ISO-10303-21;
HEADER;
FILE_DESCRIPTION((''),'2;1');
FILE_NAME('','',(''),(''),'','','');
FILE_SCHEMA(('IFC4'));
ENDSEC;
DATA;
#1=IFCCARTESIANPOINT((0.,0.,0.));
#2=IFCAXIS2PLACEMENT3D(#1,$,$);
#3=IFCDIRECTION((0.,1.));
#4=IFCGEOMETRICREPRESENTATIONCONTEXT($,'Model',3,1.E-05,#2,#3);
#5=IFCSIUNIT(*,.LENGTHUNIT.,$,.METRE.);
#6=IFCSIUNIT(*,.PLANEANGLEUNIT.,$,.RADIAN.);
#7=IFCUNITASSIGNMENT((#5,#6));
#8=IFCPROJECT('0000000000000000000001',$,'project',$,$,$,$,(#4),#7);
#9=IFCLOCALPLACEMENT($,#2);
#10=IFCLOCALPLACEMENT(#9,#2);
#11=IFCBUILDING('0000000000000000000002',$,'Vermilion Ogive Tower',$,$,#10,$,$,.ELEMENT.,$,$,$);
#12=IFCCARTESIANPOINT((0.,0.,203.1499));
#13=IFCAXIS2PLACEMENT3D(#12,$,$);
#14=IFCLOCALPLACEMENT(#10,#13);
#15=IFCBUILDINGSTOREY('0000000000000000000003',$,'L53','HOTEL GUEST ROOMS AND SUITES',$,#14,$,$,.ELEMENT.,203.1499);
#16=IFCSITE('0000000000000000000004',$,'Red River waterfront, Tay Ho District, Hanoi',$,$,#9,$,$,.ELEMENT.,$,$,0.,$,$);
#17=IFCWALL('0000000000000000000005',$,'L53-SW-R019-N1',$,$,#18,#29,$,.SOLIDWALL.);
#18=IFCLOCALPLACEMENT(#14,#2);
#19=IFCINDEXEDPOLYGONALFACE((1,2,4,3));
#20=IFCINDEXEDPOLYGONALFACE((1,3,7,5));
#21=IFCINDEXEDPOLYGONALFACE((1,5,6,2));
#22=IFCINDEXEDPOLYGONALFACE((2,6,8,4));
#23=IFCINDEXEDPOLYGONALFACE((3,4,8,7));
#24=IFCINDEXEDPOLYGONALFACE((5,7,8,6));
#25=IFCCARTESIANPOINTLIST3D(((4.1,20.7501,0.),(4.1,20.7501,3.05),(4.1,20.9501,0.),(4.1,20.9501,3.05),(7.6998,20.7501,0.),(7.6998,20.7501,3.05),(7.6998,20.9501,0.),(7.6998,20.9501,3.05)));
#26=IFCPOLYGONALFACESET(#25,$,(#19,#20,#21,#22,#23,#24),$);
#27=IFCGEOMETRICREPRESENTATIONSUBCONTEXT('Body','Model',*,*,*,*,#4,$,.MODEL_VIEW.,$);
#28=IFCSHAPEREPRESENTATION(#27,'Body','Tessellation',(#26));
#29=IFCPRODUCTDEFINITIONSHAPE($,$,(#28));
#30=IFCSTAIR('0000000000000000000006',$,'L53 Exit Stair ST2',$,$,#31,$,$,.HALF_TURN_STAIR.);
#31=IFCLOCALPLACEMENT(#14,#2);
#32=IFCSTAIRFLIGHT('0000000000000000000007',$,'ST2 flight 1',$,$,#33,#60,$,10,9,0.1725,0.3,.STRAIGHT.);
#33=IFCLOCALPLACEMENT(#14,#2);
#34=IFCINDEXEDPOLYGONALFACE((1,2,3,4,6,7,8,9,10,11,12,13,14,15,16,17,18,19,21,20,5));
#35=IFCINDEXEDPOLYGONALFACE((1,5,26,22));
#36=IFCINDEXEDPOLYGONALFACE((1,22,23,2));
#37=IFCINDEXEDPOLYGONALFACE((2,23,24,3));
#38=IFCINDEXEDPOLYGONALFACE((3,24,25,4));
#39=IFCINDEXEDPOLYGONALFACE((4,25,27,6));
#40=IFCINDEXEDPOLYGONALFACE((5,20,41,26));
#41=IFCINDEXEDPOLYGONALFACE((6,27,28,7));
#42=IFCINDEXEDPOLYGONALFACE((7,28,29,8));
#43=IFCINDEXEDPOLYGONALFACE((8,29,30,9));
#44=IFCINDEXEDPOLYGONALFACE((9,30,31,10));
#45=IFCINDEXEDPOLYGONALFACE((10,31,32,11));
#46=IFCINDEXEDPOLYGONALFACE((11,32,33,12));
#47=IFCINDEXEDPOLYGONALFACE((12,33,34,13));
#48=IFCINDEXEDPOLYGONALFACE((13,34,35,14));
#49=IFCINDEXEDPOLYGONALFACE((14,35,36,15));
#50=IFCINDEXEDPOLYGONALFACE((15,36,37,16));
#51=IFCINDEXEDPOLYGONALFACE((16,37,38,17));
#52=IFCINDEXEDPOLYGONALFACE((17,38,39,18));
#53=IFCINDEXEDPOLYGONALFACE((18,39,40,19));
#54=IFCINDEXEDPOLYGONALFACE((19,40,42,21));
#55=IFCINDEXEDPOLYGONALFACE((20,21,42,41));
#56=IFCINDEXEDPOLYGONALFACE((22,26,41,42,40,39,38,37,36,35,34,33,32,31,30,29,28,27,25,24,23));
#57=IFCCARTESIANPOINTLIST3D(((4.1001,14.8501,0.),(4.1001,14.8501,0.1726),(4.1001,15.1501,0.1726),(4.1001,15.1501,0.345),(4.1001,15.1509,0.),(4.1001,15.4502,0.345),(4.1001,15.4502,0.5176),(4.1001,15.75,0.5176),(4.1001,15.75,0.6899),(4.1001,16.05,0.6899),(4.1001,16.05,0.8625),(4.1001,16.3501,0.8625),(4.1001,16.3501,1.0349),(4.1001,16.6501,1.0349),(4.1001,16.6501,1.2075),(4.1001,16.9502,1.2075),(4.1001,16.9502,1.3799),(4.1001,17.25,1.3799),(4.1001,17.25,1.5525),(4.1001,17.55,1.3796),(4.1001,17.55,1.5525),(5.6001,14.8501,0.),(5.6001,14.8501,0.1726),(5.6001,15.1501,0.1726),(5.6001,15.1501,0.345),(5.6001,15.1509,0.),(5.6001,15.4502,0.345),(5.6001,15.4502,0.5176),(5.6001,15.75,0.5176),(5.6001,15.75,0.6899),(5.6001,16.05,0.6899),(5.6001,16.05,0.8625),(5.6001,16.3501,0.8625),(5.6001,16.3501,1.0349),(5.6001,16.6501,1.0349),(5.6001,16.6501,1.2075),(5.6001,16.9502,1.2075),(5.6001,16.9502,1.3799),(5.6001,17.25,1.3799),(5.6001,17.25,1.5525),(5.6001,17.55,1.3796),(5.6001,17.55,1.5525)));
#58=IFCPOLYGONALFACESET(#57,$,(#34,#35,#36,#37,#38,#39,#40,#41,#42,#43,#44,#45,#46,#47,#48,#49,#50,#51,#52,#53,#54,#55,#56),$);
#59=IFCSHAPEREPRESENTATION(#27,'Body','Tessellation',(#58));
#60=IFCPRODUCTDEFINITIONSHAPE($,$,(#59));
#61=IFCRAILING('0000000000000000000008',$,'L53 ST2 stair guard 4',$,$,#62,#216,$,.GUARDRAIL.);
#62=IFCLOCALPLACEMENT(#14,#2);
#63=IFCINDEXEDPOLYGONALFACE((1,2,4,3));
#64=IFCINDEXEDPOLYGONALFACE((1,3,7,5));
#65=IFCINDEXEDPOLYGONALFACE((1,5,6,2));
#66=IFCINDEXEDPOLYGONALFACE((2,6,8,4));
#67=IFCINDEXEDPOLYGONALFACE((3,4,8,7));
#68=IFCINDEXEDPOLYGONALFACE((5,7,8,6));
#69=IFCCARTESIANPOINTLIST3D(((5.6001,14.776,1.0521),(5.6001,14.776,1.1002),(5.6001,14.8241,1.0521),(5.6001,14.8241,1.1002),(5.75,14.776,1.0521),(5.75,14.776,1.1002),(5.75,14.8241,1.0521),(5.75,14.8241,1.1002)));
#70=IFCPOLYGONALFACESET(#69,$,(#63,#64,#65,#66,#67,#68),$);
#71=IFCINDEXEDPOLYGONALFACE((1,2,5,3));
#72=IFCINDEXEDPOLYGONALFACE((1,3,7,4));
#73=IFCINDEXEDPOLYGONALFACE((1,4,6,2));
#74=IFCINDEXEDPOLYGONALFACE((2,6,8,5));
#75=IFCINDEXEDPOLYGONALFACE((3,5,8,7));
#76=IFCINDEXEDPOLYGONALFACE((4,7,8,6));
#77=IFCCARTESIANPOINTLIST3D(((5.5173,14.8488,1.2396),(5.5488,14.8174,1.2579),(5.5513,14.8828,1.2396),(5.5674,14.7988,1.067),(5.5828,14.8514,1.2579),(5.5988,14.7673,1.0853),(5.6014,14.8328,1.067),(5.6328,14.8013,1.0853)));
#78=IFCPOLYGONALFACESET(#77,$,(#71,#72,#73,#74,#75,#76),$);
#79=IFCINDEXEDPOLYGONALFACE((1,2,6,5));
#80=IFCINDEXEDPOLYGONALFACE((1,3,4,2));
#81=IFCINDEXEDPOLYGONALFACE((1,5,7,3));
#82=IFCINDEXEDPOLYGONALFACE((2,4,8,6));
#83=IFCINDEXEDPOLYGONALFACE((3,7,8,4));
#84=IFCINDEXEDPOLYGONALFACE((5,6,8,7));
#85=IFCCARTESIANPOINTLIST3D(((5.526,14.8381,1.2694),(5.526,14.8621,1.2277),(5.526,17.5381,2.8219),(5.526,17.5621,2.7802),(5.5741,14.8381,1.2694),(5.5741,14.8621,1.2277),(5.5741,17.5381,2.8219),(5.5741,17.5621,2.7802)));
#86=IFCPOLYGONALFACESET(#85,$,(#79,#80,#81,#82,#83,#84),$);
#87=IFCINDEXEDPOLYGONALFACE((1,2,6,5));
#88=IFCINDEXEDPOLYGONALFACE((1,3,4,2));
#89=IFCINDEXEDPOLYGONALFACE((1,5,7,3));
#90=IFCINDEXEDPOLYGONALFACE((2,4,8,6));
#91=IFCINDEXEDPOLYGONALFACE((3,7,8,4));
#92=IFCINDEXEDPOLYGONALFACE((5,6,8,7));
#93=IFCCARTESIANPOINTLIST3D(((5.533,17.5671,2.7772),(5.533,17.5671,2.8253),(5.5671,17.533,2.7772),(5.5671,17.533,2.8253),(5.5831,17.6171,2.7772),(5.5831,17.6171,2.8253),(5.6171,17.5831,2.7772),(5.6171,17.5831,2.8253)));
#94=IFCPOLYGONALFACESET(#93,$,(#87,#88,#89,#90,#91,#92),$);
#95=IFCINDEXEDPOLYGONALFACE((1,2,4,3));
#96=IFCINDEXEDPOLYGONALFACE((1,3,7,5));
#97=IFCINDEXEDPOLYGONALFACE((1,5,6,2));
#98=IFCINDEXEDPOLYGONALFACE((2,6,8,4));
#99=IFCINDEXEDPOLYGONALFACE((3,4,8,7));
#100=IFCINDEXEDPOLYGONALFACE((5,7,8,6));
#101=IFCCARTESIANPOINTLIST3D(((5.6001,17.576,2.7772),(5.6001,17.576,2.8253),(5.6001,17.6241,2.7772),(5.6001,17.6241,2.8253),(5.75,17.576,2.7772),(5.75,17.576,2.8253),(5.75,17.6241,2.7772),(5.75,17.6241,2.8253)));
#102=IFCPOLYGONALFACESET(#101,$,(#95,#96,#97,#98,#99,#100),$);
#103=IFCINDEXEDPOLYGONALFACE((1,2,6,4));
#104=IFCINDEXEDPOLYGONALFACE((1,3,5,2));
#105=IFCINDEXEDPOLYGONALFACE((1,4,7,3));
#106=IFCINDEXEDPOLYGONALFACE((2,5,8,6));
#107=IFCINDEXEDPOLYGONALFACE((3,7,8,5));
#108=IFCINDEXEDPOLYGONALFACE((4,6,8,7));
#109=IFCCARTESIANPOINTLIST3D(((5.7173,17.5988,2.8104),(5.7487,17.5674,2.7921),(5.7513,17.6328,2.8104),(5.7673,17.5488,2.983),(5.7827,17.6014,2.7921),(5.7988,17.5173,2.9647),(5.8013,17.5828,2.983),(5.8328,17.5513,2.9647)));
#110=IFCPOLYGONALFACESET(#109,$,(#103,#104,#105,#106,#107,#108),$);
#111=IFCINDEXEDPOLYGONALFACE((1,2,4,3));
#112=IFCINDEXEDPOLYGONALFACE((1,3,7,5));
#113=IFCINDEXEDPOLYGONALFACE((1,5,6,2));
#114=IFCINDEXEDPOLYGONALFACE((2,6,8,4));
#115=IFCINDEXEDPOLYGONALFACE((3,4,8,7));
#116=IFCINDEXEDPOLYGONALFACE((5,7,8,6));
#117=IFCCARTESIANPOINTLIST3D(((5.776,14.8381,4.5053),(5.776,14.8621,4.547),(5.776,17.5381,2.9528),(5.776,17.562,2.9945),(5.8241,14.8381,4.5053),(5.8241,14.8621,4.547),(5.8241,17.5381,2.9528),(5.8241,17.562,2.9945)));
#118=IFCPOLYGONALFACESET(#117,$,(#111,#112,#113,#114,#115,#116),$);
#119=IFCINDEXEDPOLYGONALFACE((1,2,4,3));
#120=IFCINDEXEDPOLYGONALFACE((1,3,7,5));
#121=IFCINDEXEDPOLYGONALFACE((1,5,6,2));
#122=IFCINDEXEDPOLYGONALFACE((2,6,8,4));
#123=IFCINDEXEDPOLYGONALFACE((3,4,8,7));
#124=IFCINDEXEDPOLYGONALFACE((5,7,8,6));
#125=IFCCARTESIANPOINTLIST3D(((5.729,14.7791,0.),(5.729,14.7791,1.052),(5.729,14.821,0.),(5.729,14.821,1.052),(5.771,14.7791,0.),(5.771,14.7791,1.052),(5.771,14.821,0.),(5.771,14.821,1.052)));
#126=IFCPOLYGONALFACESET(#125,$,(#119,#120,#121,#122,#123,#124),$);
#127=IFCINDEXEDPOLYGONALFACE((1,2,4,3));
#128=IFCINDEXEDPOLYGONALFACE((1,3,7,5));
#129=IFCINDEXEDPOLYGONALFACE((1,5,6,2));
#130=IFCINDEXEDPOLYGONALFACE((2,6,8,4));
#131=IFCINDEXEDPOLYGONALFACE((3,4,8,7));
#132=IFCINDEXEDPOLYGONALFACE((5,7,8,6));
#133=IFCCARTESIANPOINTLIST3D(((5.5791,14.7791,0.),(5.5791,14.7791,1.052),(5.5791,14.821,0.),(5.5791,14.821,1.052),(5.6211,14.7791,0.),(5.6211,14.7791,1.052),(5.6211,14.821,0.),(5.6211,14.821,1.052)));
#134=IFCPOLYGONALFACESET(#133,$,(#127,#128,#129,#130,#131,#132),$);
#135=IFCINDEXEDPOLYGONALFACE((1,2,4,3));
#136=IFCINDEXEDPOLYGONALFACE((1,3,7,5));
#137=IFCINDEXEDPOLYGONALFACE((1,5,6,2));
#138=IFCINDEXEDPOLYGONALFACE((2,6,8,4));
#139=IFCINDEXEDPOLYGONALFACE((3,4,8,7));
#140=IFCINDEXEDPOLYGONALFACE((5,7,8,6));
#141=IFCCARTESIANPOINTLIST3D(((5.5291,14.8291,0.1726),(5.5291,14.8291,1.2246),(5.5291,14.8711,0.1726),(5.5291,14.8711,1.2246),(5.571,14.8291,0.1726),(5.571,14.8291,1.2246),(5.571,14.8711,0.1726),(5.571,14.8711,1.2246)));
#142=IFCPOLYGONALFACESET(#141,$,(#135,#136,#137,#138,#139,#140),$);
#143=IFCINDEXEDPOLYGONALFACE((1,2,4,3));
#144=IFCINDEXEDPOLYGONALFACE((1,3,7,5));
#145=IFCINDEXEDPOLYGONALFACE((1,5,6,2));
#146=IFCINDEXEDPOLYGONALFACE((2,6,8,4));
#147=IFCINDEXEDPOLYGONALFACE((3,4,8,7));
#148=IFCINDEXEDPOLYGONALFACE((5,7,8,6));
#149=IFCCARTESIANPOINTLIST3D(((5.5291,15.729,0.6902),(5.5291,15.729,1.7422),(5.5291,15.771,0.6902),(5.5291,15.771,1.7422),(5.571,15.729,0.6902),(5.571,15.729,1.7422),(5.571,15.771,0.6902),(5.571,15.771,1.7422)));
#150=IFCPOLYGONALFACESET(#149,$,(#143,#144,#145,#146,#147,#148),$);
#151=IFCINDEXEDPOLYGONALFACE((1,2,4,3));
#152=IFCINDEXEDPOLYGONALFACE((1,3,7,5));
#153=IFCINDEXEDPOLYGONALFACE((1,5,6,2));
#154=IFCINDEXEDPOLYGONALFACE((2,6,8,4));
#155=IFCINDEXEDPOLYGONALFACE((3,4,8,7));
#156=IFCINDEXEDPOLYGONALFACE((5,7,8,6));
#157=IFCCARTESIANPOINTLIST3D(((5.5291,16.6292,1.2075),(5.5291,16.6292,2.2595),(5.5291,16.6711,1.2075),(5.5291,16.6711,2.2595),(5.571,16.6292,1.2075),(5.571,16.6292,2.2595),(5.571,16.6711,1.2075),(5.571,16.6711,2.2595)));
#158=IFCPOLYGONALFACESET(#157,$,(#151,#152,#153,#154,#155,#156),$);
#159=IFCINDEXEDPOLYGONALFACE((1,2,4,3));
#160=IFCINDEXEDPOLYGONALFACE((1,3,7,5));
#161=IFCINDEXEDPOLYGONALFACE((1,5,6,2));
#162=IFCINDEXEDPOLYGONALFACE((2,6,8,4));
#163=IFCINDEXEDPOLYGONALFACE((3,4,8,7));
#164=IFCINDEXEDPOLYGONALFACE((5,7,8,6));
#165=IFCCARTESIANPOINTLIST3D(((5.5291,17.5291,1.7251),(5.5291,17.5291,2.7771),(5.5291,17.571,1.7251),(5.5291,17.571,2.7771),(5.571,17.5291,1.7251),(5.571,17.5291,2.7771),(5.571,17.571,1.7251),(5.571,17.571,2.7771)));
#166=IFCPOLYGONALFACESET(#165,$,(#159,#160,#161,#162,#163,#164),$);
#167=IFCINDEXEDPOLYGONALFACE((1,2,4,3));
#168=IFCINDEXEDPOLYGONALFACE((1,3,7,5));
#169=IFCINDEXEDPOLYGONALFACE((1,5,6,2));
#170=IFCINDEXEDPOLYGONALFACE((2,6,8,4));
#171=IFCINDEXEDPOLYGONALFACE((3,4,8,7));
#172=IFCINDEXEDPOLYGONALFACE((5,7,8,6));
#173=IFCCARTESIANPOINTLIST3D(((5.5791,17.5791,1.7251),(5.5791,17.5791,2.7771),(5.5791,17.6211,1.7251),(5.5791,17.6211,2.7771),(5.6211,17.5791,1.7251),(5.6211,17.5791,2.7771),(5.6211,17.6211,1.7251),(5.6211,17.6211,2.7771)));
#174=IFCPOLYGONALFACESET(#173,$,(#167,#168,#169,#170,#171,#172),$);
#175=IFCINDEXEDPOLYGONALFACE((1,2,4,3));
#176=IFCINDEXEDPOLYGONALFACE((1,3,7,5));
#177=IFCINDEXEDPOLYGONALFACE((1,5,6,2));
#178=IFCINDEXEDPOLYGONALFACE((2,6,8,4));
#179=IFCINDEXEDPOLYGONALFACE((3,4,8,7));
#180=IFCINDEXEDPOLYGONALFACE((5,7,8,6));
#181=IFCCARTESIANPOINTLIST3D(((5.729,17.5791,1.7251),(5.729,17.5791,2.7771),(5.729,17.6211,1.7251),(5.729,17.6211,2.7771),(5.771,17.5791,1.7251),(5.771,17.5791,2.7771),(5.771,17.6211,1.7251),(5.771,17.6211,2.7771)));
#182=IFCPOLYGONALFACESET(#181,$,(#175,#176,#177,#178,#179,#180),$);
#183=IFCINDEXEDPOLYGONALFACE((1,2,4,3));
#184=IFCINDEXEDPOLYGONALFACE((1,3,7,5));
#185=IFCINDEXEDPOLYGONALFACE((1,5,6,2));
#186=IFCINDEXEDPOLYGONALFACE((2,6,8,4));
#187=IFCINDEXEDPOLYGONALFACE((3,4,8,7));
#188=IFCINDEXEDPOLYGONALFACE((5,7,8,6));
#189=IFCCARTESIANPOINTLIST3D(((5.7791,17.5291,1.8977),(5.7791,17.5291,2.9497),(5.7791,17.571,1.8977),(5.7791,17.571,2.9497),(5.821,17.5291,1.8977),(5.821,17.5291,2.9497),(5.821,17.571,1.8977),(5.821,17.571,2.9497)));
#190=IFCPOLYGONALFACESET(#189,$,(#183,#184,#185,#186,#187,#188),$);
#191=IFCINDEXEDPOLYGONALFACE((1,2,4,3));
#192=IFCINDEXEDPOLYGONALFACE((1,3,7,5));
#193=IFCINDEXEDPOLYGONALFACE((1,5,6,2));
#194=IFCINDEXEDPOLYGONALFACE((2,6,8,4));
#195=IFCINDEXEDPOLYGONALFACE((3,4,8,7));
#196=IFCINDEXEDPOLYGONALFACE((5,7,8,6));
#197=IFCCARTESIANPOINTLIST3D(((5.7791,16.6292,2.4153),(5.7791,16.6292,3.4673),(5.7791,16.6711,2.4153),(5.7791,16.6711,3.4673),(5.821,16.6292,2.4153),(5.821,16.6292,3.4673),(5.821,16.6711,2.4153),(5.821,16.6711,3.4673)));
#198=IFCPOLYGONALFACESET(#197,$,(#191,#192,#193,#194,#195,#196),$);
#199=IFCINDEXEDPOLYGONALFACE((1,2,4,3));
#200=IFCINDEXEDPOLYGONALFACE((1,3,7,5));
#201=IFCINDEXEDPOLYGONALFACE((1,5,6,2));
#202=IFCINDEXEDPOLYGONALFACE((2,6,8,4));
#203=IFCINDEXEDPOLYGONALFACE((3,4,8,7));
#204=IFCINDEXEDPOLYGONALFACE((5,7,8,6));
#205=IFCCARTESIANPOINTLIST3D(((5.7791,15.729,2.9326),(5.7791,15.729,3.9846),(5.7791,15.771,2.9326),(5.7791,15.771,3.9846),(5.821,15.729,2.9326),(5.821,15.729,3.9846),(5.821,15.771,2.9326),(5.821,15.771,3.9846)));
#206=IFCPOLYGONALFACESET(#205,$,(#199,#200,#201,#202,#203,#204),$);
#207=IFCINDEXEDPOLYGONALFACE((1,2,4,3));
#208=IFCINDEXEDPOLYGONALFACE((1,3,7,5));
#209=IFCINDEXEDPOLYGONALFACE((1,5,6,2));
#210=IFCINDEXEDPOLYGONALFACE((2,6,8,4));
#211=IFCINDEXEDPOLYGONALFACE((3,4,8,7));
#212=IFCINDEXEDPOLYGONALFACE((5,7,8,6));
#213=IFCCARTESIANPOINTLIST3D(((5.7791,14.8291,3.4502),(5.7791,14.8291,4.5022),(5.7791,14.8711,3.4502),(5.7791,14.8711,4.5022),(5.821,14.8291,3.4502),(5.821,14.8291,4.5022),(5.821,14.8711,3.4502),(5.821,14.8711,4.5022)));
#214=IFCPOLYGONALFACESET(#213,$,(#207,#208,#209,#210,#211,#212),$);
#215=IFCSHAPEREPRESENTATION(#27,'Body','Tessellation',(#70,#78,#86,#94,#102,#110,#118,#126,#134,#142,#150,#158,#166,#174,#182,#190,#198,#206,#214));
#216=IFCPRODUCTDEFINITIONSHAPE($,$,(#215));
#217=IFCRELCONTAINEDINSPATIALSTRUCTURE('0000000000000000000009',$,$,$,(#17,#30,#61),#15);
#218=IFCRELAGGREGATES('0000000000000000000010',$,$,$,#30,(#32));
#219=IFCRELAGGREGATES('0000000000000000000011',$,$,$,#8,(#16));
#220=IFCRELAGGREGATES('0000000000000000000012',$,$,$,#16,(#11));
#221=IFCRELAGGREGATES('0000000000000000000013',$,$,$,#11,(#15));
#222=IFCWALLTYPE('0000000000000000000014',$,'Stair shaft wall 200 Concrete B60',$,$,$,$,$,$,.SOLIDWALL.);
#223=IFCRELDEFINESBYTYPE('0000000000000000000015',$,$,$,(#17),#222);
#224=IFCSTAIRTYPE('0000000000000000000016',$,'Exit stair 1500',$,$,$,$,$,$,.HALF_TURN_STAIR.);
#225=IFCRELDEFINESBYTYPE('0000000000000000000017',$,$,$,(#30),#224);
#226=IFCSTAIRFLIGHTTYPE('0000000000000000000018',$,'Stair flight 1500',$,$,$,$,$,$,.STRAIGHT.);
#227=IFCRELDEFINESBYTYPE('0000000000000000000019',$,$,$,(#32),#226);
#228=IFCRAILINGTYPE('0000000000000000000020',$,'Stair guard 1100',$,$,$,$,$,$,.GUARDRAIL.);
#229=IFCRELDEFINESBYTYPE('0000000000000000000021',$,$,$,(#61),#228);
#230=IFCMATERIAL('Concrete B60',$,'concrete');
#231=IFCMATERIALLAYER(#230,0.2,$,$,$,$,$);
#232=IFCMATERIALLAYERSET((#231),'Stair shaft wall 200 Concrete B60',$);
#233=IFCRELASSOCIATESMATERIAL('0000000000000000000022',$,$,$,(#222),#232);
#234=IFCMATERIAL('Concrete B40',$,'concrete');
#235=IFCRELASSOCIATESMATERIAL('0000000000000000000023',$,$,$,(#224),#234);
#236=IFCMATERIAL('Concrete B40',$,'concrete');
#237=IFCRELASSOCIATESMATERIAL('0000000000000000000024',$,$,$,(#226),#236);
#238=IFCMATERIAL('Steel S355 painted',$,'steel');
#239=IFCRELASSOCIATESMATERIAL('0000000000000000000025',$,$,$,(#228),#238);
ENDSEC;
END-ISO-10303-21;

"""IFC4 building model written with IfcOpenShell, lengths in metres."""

from ifc_helpers import new_model, si_unit, direction, frame, frame_2d, origin, origin_2d, place, context, subcontext, project, spatial, polyline, rectangle, outline, extrude, material, layer, layer_set, type_object, element, aggregate, save


model = new_model("IFC4")

# Units and contexts
model_context = context("Model", 3, precision=1e-05, world=origin(), true_north=direction((0.0, 1.0)))
body_context = subcontext(model_context, "Body", "Model", "MODEL_VIEW")
ifc_project = project(units=[si_unit("LENGTHUNIT", "METRE"), si_unit("PLANEANGLEUNIT", "RADIAN")], contexts=[model_context])

# Site, building, storey
site_placement = place(None, origin())
site = spatial("IfcSite", under=ifc_project, at=site_placement, Name="Red River waterfront, Tay Ho District, Hanoi", CompositionType="ELEMENT", RefElevation=0.0)
building_placement = place(site_placement, origin())
building = spatial("IfcBuilding", under=site, at=building_placement, Name="Vermilion Ogive Tower", CompositionType="ELEMENT")
storey_placement = place(building_placement, frame((0.0, 0.0, 203.1499)))
storey = spatial("IfcBuildingStorey", under=building, at=storey_placement, Name="L53", Description="HOTEL GUEST ROOMS AND SUITES", CompositionType="ELEMENT", Elevation=203.1499)

# Shared definitions
ifc_material_1 = material(Name="Concrete B60", Category="concrete")
ifc_layer_1 = layer(ifc_material_1, 0.2)
ifc_layer_set_1 = layer_set([ifc_layer_1], Name="Stair shaft wall 200 Concrete B60")
wall_type_1 = type_object("IfcWallType", Name="Stair shaft wall 200 Concrete B60", PredefinedType="SOLIDWALL", material=ifc_layer_set_1)

# Wall
wall_1_placement = place(storey_placement, frame((4.1001, 20.8501, 0.0), z_axis=(0.0, 0.0, 1.0), x_axis=(1.0, 0.0, 0.0)))
element("IfcWall", 1, at=wall_1_placement, inside=storey, type_object=wall_type_1, Name="L53-SW-R019-N1", PredefinedType="SOLIDWALL", context=body_context, shape_type="SweptSolid", body=[
    extrude(rectangle(XDim=3.5999, YDim=0.2, at=frame_2d((1.7998, 0.0))), origin(), (0.0, 0.0, 1.0), 3.05),
])

# Stair, stair flight
ifc_material_2 = material(Name="Concrete B40", Category="concrete")
stair_type = type_object("IfcStairType", Name="Exit stair 1500", PredefinedType="HALF_TURN_STAIR", material=ifc_material_2)
stair_placement = place(storey_placement, origin())
stair = element("IfcStair", 2, at=stair_placement, inside=storey, type_object=stair_type, Name="L53 Exit Stair ST2", PredefinedType="HALF_TURN_STAIR")
ifc_material_3 = material(Name="Concrete B40", Category="concrete")
stair_flight_type = type_object("IfcStairFlightType", Name="Stair flight 1500", PredefinedType="STRAIGHT", material=ifc_material_3)
stair_flight_placement = place(storey_placement, frame((4.8501, 14.8501, 0.0), z_axis=(0.0, 0.0, 1.0), x_axis=(0.0, 1.0, 0.0)))
stair_flight = element("IfcStairFlight", 3, at=stair_flight_placement, type_object=stair_flight_type, Name="ST2 flight 1", NumberOfRisers=10, NumberOfTreads=9, PredefinedType="STRAIGHT", RiserHeight=0.1725, TreadLength=0.3, context=body_context, shape_type="SweptSolid", body=[
    extrude(outline(polyline([(0.0, 0.0), (0.0, 0.1726), (0.3, 0.1726), (0.3, 0.345), (0.6001, 0.345), (0.6001, 0.5176), (0.8999, 0.5176), (0.8999, 0.6899), (1.2, 0.6899), (1.2, 0.8625), (1.5, 0.8625), (1.5, 1.0349), (1.8, 1.0349), (1.8, 1.2075), (2.1001, 1.2075), (2.1001, 1.3799), (2.3999, 1.3799), (2.3999, 1.5525), (2.7, 1.5525), (2.7, 1.7251), (2.7, 1.3796), (0.3008, 0.0), (0.0, 0.0)])), frame((0.0, 0.75, 0.0), z_axis=(0.0, -1.0, 0.0), x_axis=(1.0, 0.0, 0.0)), (0.0, 0.0, 1.0), 1.5),
])
aggregate(stair, [stair_flight])

# Railing
ifc_material_4 = material(Name="Steel S355 painted", Category="steel")
railing_type_1 = type_object("IfcRailingType", Name="Stair guard 1100", PredefinedType="GUARDRAIL", material=ifc_material_4)
railing_1_placement = place(storey_placement, frame((5.75, 14.8, 0.0)))
element("IfcRailing", 4, at=railing_1_placement, inside=storey, type_object=railing_type_1, Name="L53 ST2 stair guard 4", PredefinedType="GUARDRAIL", context=body_context, shape_type="SweptSolid", body=[
    extrude(rectangle(XDim=0.0481, YDim=0.0481, at=origin_2d()), frame((0.0, 0.0, 1.0762), z_axis=(-1.0, 0.0, 0.0), x_axis=(0.0, -1.0, 0.0)), (0.0, 0.0, 1.0), 0.1499),
    extrude(rectangle(XDim=0.0481, YDim=0.0481, at=origin_2d()), frame((-0.1499, 0.0, 1.0762), z_axis=(-0.268278, 0.268278, 0.925232), x_axis=(-0.707107, -0.707107, 0.0)), (0.0, 0.0, 1.0), 0.1865),
    extrude(rectangle(XDim=0.0481, YDim=0.0481, at=origin_2d()), frame((-0.2, 0.05, 1.2485), z_axis=(0.0, 0.866904, 0.498476), x_axis=(-1.0, 0.0, 0.0)), (0.0, 0.0, 1.0), 3.1145),
    extrude(rectangle(XDim=0.0481, YDim=0.0481, at=origin_2d()), frame((-0.2, 2.75, 2.8013), z_axis=(0.707107, 0.707107, 0.0), x_axis=(-0.707107, 0.707107, 0.0)), (0.0, 0.0, 1.0), 0.0708),
    extrude(rectangle(XDim=0.0481, YDim=0.0481, at=origin_2d()), frame((-0.1499, 2.8, 2.8013), z_axis=(1.0, 0.0, 0.0), x_axis=(0.0, 1.0, 0.0)), (0.0, 0.0, 1.0), 0.1499),
    extrude(rectangle(XDim=0.0481, YDim=0.0481, at=origin_2d()), frame((0.0, 2.8, 2.8013), z_axis=(0.268278, -0.268278, 0.925232), x_axis=(0.707107, 0.707107, 0.0)), (0.0, 0.0, 1.0), 0.1865),
    extrude(rectangle(XDim=0.0481, YDim=0.0481, at=origin_2d()), frame((0.05, 2.75, 2.9736), z_axis=(0.0, -0.866904, 0.498476), x_axis=(1.0, 0.0, 0.0)), (0.0, 0.0, 1.0), 3.1145),
    extrude(rectangle(XDim=0.042, YDim=0.042, at=origin_2d()), origin(), (0.0, 0.0, 1.0), 1.052),
    extrude(rectangle(XDim=0.042, YDim=0.042, at=origin_2d()), frame((-0.1499, 0.0, 0.0)), (0.0, 0.0, 1.0), 1.052),
    extrude(rectangle(XDim=0.042, YDim=0.042, at=origin_2d()), frame((-0.2, 0.05, 0.1726)), (0.0, 0.0, 1.0), 1.052),
    extrude(rectangle(XDim=0.042, YDim=0.042, at=origin_2d()), frame((-0.2, 0.95, 0.6902)), (0.0, 0.0, 1.0), 1.052),
    extrude(rectangle(XDim=0.042, YDim=0.042, at=origin_2d()), frame((-0.2, 1.8501, 1.2075)), (0.0, 0.0, 1.0), 1.052),
    extrude(rectangle(XDim=0.042, YDim=0.042, at=origin_2d()), frame((-0.2, 2.75, 1.7251)), (0.0, 0.0, 1.0), 1.052),
    extrude(rectangle(XDim=0.042, YDim=0.042, at=origin_2d()), frame((-0.1499, 2.8, 1.7251)), (0.0, 0.0, 1.0), 1.052),
    extrude(rectangle(XDim=0.042, YDim=0.042, at=origin_2d()), frame((0.0, 2.8, 1.7251)), (0.0, 0.0, 1.0), 1.052),
    extrude(rectangle(XDim=0.042, YDim=0.042, at=origin_2d()), frame((0.05, 2.75, 1.8977)), (0.0, 0.0, 1.0), 1.052),
    extrude(rectangle(XDim=0.042, YDim=0.042, at=origin_2d()), frame((0.05, 1.8501, 2.4153)), (0.0, 0.0, 1.0), 1.052),
    extrude(rectangle(XDim=0.042, YDim=0.042, at=origin_2d()), frame((0.05, 0.95, 2.9326)), (0.0, 0.0, 1.0), 1.052),
    extrude(rectangle(XDim=0.042, YDim=0.042, at=origin_2d()), frame((0.05, 0.05, 3.4502)), (0.0, 0.0, 1.0), 1.052),
])

save(model, "model.ifc")
